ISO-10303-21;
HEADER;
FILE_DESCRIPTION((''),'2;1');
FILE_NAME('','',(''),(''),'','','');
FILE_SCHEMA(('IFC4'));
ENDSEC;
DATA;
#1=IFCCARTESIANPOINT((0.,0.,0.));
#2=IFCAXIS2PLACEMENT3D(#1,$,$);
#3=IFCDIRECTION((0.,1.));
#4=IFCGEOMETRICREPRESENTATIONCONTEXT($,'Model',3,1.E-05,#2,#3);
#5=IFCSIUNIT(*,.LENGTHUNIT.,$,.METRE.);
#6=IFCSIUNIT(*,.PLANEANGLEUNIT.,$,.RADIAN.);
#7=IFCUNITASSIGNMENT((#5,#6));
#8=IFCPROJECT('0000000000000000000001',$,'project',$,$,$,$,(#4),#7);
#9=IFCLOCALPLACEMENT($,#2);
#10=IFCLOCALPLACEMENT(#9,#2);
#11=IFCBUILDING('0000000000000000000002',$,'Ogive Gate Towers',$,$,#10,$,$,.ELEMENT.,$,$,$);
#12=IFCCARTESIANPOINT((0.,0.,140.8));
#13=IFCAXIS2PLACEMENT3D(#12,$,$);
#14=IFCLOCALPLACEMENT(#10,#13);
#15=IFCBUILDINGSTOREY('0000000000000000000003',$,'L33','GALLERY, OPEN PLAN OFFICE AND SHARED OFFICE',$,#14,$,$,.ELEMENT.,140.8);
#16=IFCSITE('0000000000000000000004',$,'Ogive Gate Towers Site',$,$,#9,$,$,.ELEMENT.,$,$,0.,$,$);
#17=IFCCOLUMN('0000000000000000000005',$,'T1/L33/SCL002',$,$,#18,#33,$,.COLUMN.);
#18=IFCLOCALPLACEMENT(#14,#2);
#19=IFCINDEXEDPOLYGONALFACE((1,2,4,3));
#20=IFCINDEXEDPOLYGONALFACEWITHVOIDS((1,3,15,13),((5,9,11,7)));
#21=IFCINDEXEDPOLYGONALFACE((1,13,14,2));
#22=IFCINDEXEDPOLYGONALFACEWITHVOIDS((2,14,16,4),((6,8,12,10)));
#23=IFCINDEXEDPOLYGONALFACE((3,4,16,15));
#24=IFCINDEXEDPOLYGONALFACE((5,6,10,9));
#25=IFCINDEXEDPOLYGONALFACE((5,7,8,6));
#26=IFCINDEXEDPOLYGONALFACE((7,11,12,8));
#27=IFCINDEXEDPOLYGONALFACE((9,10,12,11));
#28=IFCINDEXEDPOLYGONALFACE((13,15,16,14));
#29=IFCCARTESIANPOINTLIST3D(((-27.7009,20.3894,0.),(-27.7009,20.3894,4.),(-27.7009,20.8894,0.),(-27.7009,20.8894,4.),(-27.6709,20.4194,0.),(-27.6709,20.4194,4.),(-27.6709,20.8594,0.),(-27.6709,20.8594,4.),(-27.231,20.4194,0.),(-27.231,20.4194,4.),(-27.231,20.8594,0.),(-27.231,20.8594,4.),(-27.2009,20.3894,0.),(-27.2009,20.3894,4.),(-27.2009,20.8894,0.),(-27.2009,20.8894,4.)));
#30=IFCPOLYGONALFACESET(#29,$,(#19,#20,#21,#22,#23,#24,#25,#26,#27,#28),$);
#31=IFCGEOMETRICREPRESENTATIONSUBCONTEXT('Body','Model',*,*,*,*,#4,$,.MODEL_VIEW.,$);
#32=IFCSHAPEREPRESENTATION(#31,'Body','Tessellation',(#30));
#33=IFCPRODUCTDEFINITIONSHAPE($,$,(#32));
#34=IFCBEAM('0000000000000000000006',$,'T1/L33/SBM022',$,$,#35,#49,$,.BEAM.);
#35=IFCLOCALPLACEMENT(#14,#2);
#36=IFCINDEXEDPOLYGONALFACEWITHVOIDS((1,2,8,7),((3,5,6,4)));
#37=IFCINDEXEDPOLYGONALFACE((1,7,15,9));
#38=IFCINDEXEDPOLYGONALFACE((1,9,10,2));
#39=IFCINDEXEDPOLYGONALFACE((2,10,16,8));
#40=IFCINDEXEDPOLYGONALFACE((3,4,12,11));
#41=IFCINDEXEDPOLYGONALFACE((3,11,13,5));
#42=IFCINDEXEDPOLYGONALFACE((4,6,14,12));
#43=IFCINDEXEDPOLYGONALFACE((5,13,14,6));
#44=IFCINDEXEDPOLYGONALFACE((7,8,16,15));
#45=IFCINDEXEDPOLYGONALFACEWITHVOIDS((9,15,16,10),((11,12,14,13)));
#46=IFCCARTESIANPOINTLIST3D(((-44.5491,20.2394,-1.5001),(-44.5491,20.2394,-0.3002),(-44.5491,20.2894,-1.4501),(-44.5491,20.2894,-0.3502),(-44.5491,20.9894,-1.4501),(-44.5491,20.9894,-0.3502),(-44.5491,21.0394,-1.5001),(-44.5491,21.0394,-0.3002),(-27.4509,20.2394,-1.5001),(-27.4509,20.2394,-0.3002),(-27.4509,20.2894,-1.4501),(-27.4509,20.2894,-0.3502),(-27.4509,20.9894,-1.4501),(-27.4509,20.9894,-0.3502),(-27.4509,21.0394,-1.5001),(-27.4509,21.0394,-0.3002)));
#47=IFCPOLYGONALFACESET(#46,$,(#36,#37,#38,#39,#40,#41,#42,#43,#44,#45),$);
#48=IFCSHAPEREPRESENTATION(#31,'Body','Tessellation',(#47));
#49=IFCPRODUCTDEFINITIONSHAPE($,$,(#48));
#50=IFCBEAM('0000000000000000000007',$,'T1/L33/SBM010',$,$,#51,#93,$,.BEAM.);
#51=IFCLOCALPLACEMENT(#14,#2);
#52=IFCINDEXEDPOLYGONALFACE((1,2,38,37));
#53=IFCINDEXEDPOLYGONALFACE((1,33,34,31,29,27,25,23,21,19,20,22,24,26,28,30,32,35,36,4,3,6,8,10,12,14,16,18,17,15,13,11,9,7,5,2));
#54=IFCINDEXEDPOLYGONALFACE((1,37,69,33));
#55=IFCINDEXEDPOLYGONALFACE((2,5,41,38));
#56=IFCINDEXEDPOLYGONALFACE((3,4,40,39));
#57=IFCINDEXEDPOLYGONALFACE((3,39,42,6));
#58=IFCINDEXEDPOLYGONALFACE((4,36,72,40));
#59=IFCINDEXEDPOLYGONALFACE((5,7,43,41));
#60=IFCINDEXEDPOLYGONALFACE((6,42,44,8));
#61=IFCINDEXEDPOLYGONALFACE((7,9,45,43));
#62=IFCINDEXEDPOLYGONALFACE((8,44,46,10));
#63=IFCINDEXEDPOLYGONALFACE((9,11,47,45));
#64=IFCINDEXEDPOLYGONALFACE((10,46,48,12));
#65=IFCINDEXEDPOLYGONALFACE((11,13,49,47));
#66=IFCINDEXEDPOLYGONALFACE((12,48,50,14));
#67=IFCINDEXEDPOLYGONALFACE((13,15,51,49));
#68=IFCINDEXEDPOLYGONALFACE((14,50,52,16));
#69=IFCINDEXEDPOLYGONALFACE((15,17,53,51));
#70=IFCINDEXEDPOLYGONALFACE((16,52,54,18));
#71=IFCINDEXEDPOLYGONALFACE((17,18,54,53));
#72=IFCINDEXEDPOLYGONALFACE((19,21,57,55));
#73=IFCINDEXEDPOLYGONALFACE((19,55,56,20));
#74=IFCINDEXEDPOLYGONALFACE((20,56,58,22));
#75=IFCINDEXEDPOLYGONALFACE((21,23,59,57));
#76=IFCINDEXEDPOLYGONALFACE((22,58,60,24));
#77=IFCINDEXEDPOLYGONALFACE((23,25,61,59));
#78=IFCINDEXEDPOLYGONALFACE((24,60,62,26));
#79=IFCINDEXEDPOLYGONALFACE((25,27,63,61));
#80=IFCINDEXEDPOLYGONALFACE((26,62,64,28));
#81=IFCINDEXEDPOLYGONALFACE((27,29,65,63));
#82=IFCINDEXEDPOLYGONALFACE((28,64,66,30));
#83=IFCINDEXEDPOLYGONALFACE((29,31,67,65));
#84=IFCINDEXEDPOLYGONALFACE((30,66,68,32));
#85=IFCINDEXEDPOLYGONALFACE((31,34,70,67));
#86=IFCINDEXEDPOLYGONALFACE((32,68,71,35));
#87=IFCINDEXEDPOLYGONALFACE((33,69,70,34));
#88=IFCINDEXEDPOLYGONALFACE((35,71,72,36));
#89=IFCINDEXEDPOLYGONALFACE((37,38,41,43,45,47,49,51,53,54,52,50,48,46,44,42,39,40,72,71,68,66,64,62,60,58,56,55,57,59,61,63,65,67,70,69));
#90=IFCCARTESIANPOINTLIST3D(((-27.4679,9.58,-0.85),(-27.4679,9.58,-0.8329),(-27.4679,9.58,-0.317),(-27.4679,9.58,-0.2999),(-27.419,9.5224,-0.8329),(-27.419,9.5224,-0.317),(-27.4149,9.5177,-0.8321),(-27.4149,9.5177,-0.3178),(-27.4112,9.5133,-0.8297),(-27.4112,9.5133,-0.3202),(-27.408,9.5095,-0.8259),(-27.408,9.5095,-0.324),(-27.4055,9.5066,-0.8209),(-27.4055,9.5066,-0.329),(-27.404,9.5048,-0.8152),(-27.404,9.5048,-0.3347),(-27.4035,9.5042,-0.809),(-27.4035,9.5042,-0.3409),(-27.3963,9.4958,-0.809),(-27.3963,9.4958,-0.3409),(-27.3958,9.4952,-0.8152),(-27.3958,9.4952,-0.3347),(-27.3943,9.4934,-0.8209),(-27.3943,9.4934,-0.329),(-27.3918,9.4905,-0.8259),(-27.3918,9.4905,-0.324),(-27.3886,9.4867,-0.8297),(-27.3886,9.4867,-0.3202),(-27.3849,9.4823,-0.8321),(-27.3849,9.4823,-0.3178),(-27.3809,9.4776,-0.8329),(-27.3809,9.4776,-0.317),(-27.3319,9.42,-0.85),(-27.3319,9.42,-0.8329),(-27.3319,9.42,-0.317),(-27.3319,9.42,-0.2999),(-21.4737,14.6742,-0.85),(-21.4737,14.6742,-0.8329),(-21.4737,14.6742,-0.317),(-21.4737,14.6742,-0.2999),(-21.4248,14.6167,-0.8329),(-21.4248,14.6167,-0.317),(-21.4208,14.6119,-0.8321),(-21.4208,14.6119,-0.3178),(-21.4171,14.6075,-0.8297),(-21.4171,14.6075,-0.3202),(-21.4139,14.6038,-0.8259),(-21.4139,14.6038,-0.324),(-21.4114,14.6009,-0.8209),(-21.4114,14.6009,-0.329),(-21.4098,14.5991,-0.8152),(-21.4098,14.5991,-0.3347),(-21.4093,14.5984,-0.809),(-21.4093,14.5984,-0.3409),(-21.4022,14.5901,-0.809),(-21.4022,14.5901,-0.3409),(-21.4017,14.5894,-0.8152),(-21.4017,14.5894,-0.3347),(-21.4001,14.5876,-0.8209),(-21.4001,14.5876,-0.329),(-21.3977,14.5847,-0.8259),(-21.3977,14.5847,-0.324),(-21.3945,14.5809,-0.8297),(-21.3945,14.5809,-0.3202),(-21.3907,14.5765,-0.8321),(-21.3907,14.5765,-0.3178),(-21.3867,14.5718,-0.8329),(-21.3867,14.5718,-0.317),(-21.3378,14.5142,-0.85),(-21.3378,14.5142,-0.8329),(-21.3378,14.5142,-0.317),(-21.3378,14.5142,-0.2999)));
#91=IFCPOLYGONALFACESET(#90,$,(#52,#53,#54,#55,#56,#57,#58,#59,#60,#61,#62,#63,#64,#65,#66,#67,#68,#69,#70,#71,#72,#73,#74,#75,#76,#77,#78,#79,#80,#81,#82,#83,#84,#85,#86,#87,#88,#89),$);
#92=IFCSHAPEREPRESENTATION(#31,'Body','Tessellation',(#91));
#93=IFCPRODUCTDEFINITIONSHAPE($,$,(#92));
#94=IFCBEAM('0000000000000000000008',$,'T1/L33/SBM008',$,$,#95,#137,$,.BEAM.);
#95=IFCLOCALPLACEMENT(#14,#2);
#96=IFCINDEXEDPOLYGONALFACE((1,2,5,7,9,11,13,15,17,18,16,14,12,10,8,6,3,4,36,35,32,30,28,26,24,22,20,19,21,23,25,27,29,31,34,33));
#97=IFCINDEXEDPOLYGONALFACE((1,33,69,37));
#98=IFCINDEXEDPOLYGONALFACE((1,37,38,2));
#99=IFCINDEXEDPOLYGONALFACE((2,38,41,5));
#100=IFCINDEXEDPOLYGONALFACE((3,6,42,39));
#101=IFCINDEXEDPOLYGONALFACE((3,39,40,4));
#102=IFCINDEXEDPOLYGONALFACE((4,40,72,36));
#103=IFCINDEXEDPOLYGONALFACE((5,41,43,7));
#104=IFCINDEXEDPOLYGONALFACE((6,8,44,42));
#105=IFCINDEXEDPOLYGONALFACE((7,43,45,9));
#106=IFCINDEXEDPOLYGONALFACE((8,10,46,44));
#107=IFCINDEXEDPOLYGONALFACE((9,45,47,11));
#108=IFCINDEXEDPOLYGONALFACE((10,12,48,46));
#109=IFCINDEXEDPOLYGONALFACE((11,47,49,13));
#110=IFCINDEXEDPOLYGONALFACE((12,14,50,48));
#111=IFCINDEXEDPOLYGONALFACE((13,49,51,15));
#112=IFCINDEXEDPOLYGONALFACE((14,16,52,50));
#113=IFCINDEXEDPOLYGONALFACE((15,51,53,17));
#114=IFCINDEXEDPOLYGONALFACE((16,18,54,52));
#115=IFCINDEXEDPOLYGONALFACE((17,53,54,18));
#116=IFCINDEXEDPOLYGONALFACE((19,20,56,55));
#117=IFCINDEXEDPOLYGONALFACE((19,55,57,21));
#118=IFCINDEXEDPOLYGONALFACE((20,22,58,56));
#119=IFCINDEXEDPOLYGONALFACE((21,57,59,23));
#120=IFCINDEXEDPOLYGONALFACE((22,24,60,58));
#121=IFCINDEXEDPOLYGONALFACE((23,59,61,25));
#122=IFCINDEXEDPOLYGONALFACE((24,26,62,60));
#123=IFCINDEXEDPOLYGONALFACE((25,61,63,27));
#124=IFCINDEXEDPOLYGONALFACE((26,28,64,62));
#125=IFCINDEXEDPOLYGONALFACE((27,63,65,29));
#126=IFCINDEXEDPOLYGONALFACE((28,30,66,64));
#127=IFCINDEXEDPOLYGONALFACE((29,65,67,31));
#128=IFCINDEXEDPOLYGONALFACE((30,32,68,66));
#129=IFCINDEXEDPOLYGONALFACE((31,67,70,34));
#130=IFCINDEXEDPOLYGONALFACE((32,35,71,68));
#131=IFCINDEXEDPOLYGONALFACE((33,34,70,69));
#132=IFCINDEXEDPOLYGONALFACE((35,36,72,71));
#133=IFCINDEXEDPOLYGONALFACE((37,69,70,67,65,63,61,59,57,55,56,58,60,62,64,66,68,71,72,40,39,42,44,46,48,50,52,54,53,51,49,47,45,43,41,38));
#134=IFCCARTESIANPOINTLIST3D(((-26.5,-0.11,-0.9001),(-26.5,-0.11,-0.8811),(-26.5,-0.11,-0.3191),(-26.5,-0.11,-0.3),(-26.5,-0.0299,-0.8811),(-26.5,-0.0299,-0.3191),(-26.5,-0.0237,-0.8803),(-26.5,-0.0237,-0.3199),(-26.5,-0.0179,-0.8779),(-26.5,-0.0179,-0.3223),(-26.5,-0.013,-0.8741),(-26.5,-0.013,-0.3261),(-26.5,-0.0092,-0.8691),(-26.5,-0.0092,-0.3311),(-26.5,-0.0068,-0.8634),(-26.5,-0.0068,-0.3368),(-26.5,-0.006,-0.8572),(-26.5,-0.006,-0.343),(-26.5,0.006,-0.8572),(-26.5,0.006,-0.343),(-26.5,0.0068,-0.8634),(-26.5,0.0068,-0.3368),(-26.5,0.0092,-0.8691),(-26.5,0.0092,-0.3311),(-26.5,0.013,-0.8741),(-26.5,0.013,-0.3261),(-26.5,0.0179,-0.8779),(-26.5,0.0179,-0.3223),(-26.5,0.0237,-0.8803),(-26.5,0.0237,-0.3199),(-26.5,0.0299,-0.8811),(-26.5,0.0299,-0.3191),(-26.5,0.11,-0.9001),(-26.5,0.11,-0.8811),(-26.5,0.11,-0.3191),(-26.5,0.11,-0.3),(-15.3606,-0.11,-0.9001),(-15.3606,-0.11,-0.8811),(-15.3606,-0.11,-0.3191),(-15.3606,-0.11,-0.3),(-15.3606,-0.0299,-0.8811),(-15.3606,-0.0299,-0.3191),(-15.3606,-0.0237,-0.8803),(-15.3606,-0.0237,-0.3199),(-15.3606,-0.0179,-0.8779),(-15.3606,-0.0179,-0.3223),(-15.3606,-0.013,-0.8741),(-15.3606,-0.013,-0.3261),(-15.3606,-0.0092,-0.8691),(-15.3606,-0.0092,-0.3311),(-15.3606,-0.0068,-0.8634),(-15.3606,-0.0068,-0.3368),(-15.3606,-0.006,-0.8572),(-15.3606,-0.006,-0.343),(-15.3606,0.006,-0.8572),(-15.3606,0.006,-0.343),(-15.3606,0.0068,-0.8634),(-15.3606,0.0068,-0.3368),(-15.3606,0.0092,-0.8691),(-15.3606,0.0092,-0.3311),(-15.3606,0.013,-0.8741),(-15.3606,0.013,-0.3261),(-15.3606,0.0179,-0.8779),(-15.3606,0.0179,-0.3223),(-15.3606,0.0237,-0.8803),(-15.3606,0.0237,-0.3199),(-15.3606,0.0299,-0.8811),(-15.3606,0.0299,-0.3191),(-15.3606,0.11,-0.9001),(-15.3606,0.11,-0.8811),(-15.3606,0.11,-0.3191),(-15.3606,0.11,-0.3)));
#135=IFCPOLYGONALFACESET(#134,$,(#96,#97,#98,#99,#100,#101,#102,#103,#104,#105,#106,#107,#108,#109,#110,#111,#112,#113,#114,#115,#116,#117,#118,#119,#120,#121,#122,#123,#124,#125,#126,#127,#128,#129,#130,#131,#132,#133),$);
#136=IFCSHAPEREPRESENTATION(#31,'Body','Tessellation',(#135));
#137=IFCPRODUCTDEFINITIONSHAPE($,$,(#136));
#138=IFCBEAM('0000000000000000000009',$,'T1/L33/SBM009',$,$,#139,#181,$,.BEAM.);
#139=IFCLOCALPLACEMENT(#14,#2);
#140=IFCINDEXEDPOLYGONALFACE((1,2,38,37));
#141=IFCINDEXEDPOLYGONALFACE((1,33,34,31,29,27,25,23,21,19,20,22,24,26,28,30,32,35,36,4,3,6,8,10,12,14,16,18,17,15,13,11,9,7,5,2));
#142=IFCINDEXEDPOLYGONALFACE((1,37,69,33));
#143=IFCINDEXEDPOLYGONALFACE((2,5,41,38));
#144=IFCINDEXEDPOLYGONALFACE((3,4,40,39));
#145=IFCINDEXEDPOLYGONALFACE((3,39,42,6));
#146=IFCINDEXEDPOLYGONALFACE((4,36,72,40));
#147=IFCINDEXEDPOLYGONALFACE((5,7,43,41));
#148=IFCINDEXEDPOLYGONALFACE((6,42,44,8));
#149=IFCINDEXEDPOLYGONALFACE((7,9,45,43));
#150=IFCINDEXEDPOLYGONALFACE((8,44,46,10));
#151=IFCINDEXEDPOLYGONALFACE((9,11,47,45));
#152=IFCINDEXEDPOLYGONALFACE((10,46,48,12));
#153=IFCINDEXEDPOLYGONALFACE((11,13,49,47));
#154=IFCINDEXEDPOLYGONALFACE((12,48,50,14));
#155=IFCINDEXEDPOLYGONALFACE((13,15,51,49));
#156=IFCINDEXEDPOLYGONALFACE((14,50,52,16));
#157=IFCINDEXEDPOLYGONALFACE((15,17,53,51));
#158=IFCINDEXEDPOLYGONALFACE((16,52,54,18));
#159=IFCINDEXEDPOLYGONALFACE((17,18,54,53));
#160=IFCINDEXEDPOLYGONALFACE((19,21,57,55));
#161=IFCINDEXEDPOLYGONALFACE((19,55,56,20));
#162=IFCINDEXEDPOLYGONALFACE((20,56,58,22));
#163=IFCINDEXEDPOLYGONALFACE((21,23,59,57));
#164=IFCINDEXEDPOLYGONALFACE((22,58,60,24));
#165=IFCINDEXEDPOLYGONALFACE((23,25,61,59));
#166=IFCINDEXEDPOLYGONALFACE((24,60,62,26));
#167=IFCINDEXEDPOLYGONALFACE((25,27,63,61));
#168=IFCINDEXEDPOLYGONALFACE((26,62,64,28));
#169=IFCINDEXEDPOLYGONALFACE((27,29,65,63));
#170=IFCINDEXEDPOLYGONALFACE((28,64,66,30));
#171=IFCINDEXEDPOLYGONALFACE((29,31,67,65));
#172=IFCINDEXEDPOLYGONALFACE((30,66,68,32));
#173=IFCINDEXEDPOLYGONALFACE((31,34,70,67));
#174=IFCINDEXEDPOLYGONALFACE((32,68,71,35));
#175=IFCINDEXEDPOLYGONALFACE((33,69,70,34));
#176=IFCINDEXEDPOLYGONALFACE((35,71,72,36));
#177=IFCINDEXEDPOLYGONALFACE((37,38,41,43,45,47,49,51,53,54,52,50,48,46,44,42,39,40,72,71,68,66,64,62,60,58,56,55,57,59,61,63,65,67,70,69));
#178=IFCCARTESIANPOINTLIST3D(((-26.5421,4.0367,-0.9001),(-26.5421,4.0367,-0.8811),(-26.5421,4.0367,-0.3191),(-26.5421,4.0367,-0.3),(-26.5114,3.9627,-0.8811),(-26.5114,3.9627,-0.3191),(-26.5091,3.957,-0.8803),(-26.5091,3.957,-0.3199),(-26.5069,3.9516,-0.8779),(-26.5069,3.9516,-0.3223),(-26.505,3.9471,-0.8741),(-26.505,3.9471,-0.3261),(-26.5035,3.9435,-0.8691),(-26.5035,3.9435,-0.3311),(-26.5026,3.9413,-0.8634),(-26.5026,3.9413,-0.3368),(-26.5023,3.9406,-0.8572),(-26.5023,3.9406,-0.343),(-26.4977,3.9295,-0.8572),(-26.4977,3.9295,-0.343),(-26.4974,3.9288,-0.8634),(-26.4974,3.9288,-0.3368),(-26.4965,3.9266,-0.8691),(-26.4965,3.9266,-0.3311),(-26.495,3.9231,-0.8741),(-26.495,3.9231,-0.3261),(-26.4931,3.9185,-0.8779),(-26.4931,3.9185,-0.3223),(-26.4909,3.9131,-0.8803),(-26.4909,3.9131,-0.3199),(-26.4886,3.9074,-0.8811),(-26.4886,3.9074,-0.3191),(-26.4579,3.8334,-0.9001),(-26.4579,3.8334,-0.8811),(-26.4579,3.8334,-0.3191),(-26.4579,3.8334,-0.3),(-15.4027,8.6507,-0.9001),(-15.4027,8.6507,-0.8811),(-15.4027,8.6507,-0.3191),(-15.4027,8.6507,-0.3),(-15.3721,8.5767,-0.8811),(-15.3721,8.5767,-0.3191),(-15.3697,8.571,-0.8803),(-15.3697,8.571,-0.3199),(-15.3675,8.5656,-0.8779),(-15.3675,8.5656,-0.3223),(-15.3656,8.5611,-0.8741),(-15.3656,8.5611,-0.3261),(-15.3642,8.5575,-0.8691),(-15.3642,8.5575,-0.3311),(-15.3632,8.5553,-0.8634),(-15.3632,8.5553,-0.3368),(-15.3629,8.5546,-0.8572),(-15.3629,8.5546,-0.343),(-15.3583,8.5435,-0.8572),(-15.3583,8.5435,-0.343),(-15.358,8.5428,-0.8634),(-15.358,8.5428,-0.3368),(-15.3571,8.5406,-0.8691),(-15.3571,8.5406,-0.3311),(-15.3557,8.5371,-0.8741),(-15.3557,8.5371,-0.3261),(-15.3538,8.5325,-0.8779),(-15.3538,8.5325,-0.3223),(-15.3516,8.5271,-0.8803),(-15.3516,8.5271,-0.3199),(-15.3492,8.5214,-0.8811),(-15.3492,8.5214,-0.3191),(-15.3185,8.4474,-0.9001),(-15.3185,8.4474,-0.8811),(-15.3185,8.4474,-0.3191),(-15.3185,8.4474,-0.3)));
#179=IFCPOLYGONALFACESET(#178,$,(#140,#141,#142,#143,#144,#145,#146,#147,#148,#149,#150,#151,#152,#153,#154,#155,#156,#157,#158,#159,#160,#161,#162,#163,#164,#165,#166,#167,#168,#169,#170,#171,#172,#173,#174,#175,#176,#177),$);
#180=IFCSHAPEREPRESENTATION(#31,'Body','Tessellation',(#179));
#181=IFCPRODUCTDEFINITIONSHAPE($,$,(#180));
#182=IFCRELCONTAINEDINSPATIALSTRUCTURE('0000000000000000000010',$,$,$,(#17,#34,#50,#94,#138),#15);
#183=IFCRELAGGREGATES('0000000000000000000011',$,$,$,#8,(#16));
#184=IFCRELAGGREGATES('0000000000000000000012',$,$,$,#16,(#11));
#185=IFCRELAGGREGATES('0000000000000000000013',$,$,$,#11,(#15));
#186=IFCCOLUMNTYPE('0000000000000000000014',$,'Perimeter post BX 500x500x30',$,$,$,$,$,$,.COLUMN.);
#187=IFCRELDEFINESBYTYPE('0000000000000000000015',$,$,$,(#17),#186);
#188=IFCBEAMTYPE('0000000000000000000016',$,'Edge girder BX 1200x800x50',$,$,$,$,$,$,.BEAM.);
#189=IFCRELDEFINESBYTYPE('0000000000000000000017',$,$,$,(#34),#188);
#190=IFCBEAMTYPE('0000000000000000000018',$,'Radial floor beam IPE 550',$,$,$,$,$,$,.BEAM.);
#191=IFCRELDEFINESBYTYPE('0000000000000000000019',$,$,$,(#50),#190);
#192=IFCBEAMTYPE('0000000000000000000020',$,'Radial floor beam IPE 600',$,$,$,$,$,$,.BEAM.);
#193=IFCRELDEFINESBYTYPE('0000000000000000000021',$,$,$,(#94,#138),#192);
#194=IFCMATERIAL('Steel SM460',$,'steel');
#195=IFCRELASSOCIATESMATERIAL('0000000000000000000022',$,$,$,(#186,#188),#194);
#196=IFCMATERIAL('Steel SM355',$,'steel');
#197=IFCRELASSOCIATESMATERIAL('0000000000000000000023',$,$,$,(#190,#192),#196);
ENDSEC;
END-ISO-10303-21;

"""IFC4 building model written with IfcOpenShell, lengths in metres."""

from ifc_helpers import new_model, si_unit, direction, frame, origin, origin_2d, place, context, subcontext, project, spatial, hollow_rectangle, i_section, extrude, material, material_profile, profile_set, type_object, element, save


model = new_model("IFC4")

# Units and contexts
model_context = context("Model", 3, precision=1e-05, world=origin(), true_north=direction((0.0, 1.0)))
body_context = subcontext(model_context, "Body", "Model", "MODEL_VIEW")
ifc_project = project(units=[si_unit("LENGTHUNIT", "METRE"), si_unit("PLANEANGLEUNIT", "RADIAN")], contexts=[model_context])

# Site, building, storey
site_placement = place(None, origin())
site = spatial("IfcSite", under=ifc_project, at=site_placement, Name="Ogive Gate Towers Site", CompositionType="ELEMENT", RefElevation=0.0)
building_placement = place(site_placement, origin())
building = spatial("IfcBuilding", under=site, at=building_placement, Name="Ogive Gate Towers", CompositionType="ELEMENT")
storey_placement = place(building_placement, frame((0.0, 0.0, 140.8)))
storey = spatial("IfcBuildingStorey", under=building, at=storey_placement, Name="L33", Description="GALLERY, OPEN PLAN OFFICE AND SHARED OFFICE", CompositionType="ELEMENT", Elevation=140.8)

# Column
ifc_material_1 = material(Name="Steel SM460", Category="steel")
ifc_material_profile_1 = material_profile(ifc_material_1, hollow_rectangle(XDim=0.5, YDim=0.5, WallThickness=0.03, at=origin_2d()), Name="BX 500x500x30")
ifc_profile_set_1 = profile_set([ifc_material_profile_1], Name="Steel SM460")
column_type = type_object("IfcColumnType", Name="Perimeter post BX 500x500x30", PredefinedType="COLUMN", material=ifc_profile_set_1)
column_placement = place(storey_placement, frame((-27.4509, 20.6394, 0.0), z_axis=(0.0, 0.0, 1.0), x_axis=(1.0, 0.0, 0.0)))
element("IfcColumn", 1, at=column_placement, inside=storey, type_object=column_type, Name="T1/L33/SCL002", PredefinedType="COLUMN", context=body_context, shape_type="SweptSolid", body=[
    extrude(hollow_rectangle(XDim=0.5, YDim=0.5, WallThickness=0.03, at=origin_2d()), origin(), (0.0, 0.0, 1.0), 4.0),
])

# Beams
ifc_material_profile_2 = material_profile(ifc_material_1, hollow_rectangle(XDim=0.8, YDim=1.2, WallThickness=0.05, at=origin_2d()), Name="BX 1200x800x50")
ifc_profile_set_2 = profile_set([ifc_material_profile_2], Name="Steel SM460")
beam_type_1 = type_object("IfcBeamType", Name="Edge girder BX 1200x800x50", PredefinedType="BEAM", material=ifc_profile_set_2)
beam_1_placement = place(storey_placement, frame((-27.4509, 20.6394, -0.9001), z_axis=(-1.0, 0.0, 0.0), x_axis=(0.0, -1.0, 0.0)))
element("IfcBeam", 2, at=beam_1_placement, inside=storey, type_object=beam_type_1, Name="T1/L33/SBM022", PredefinedType="BEAM", context=body_context, shape_type="SweptSolid", body=[
    extrude(hollow_rectangle(XDim=0.8, YDim=1.2, WallThickness=0.05, at=origin_2d()), origin(), (0.0, 0.0, 1.0), 17.0981),
])
ifc_material_2 = material(Name="Steel SM355", Category="steel")
ifc_material_profile_3 = material_profile(ifc_material_2, i_section(OverallWidth=0.21, OverallDepth=0.55, WebThickness=0.011, FlangeThickness=0.0171, FilletRadius=0.0239, at=origin_2d()), Name="IPE 550")
ifc_profile_set_3 = profile_set([ifc_material_profile_3], Name="Steel SM355")
beam_type_2 = type_object("IfcBeamType", Name="Radial floor beam IPE 550", PredefinedType="BEAM", material=ifc_profile_set_3)
beam_2_placement = place(storey_placement, frame((-27.3999, 9.5, -0.575), z_axis=(0.761988, 0.647591, 0.0), x_axis=(-0.647591, 0.761988, 0.0)))
element("IfcBeam", 3, at=beam_2_placement, inside=storey, type_object=beam_type_2, Name="T1/L33/SBM010", PredefinedType="BEAM", context=body_context, shape_type="SweptSolid", body=[
    extrude(i_section(OverallWidth=0.21, OverallDepth=0.55, WebThickness=0.011, FlangeThickness=0.0171, FilletRadius=0.0239, at=origin_2d()), origin(), (0.0, 0.0, 1.0), 7.8665),
])
ifc_material_profile_4 = material_profile(ifc_material_2, i_section(OverallWidth=0.22, OverallDepth=0.6001, WebThickness=0.012, FlangeThickness=0.019, FilletRadius=0.0239, at=origin_2d()), Name="IPE 600")
ifc_profile_set_4 = profile_set([ifc_material_profile_4], Name="Steel SM355")
beam_type_3 = type_object("IfcBeamType", Name="Radial floor beam IPE 600", PredefinedType="BEAM", material=ifc_profile_set_4)
beam_3_placement = place(storey_placement, frame((-26.5, 0.0, -0.6001), z_axis=(1.0, 0.0, 0.0), x_axis=(0.0, 1.0, 0.0)))
element("IfcBeam", 4, at=beam_3_placement, inside=storey, type_object=beam_type_3, Name="T1/L33/SBM008", PredefinedType="BEAM", context=body_context, shape_type="SweptSolid", body=[
    extrude(i_section(OverallWidth=0.22, OverallDepth=0.6001, WebThickness=0.012, FlangeThickness=0.019, FilletRadius=0.0239, at=origin_2d()), origin(), (0.0, 0.0, 1.0), 11.1394),
])
for number, where, z_axis, x_axis, name in (
    (5, (-26.5, 3.9351, -0.6001), (0.923882, 0.382678, 0.0), (-0.382678, 0.923882, 0.0), "T1/L33/SBM009"),
):
    element("IfcBeam", number, at=place(storey_placement, frame(where, z_axis=z_axis, x_axis=x_axis)), inside=storey, type_object=beam_type_3, Name=name, PredefinedType="BEAM", context=body_context, shape_type="SweptSolid", body=[
        extrude(i_section(OverallWidth=0.22, OverallDepth=0.6001, WebThickness=0.012, FlangeThickness=0.019, FilletRadius=0.0239, at=origin_2d()), origin(), (0.0, 0.0, 1.0), 12.0571),
    ])

save(model, "model.ifc")
